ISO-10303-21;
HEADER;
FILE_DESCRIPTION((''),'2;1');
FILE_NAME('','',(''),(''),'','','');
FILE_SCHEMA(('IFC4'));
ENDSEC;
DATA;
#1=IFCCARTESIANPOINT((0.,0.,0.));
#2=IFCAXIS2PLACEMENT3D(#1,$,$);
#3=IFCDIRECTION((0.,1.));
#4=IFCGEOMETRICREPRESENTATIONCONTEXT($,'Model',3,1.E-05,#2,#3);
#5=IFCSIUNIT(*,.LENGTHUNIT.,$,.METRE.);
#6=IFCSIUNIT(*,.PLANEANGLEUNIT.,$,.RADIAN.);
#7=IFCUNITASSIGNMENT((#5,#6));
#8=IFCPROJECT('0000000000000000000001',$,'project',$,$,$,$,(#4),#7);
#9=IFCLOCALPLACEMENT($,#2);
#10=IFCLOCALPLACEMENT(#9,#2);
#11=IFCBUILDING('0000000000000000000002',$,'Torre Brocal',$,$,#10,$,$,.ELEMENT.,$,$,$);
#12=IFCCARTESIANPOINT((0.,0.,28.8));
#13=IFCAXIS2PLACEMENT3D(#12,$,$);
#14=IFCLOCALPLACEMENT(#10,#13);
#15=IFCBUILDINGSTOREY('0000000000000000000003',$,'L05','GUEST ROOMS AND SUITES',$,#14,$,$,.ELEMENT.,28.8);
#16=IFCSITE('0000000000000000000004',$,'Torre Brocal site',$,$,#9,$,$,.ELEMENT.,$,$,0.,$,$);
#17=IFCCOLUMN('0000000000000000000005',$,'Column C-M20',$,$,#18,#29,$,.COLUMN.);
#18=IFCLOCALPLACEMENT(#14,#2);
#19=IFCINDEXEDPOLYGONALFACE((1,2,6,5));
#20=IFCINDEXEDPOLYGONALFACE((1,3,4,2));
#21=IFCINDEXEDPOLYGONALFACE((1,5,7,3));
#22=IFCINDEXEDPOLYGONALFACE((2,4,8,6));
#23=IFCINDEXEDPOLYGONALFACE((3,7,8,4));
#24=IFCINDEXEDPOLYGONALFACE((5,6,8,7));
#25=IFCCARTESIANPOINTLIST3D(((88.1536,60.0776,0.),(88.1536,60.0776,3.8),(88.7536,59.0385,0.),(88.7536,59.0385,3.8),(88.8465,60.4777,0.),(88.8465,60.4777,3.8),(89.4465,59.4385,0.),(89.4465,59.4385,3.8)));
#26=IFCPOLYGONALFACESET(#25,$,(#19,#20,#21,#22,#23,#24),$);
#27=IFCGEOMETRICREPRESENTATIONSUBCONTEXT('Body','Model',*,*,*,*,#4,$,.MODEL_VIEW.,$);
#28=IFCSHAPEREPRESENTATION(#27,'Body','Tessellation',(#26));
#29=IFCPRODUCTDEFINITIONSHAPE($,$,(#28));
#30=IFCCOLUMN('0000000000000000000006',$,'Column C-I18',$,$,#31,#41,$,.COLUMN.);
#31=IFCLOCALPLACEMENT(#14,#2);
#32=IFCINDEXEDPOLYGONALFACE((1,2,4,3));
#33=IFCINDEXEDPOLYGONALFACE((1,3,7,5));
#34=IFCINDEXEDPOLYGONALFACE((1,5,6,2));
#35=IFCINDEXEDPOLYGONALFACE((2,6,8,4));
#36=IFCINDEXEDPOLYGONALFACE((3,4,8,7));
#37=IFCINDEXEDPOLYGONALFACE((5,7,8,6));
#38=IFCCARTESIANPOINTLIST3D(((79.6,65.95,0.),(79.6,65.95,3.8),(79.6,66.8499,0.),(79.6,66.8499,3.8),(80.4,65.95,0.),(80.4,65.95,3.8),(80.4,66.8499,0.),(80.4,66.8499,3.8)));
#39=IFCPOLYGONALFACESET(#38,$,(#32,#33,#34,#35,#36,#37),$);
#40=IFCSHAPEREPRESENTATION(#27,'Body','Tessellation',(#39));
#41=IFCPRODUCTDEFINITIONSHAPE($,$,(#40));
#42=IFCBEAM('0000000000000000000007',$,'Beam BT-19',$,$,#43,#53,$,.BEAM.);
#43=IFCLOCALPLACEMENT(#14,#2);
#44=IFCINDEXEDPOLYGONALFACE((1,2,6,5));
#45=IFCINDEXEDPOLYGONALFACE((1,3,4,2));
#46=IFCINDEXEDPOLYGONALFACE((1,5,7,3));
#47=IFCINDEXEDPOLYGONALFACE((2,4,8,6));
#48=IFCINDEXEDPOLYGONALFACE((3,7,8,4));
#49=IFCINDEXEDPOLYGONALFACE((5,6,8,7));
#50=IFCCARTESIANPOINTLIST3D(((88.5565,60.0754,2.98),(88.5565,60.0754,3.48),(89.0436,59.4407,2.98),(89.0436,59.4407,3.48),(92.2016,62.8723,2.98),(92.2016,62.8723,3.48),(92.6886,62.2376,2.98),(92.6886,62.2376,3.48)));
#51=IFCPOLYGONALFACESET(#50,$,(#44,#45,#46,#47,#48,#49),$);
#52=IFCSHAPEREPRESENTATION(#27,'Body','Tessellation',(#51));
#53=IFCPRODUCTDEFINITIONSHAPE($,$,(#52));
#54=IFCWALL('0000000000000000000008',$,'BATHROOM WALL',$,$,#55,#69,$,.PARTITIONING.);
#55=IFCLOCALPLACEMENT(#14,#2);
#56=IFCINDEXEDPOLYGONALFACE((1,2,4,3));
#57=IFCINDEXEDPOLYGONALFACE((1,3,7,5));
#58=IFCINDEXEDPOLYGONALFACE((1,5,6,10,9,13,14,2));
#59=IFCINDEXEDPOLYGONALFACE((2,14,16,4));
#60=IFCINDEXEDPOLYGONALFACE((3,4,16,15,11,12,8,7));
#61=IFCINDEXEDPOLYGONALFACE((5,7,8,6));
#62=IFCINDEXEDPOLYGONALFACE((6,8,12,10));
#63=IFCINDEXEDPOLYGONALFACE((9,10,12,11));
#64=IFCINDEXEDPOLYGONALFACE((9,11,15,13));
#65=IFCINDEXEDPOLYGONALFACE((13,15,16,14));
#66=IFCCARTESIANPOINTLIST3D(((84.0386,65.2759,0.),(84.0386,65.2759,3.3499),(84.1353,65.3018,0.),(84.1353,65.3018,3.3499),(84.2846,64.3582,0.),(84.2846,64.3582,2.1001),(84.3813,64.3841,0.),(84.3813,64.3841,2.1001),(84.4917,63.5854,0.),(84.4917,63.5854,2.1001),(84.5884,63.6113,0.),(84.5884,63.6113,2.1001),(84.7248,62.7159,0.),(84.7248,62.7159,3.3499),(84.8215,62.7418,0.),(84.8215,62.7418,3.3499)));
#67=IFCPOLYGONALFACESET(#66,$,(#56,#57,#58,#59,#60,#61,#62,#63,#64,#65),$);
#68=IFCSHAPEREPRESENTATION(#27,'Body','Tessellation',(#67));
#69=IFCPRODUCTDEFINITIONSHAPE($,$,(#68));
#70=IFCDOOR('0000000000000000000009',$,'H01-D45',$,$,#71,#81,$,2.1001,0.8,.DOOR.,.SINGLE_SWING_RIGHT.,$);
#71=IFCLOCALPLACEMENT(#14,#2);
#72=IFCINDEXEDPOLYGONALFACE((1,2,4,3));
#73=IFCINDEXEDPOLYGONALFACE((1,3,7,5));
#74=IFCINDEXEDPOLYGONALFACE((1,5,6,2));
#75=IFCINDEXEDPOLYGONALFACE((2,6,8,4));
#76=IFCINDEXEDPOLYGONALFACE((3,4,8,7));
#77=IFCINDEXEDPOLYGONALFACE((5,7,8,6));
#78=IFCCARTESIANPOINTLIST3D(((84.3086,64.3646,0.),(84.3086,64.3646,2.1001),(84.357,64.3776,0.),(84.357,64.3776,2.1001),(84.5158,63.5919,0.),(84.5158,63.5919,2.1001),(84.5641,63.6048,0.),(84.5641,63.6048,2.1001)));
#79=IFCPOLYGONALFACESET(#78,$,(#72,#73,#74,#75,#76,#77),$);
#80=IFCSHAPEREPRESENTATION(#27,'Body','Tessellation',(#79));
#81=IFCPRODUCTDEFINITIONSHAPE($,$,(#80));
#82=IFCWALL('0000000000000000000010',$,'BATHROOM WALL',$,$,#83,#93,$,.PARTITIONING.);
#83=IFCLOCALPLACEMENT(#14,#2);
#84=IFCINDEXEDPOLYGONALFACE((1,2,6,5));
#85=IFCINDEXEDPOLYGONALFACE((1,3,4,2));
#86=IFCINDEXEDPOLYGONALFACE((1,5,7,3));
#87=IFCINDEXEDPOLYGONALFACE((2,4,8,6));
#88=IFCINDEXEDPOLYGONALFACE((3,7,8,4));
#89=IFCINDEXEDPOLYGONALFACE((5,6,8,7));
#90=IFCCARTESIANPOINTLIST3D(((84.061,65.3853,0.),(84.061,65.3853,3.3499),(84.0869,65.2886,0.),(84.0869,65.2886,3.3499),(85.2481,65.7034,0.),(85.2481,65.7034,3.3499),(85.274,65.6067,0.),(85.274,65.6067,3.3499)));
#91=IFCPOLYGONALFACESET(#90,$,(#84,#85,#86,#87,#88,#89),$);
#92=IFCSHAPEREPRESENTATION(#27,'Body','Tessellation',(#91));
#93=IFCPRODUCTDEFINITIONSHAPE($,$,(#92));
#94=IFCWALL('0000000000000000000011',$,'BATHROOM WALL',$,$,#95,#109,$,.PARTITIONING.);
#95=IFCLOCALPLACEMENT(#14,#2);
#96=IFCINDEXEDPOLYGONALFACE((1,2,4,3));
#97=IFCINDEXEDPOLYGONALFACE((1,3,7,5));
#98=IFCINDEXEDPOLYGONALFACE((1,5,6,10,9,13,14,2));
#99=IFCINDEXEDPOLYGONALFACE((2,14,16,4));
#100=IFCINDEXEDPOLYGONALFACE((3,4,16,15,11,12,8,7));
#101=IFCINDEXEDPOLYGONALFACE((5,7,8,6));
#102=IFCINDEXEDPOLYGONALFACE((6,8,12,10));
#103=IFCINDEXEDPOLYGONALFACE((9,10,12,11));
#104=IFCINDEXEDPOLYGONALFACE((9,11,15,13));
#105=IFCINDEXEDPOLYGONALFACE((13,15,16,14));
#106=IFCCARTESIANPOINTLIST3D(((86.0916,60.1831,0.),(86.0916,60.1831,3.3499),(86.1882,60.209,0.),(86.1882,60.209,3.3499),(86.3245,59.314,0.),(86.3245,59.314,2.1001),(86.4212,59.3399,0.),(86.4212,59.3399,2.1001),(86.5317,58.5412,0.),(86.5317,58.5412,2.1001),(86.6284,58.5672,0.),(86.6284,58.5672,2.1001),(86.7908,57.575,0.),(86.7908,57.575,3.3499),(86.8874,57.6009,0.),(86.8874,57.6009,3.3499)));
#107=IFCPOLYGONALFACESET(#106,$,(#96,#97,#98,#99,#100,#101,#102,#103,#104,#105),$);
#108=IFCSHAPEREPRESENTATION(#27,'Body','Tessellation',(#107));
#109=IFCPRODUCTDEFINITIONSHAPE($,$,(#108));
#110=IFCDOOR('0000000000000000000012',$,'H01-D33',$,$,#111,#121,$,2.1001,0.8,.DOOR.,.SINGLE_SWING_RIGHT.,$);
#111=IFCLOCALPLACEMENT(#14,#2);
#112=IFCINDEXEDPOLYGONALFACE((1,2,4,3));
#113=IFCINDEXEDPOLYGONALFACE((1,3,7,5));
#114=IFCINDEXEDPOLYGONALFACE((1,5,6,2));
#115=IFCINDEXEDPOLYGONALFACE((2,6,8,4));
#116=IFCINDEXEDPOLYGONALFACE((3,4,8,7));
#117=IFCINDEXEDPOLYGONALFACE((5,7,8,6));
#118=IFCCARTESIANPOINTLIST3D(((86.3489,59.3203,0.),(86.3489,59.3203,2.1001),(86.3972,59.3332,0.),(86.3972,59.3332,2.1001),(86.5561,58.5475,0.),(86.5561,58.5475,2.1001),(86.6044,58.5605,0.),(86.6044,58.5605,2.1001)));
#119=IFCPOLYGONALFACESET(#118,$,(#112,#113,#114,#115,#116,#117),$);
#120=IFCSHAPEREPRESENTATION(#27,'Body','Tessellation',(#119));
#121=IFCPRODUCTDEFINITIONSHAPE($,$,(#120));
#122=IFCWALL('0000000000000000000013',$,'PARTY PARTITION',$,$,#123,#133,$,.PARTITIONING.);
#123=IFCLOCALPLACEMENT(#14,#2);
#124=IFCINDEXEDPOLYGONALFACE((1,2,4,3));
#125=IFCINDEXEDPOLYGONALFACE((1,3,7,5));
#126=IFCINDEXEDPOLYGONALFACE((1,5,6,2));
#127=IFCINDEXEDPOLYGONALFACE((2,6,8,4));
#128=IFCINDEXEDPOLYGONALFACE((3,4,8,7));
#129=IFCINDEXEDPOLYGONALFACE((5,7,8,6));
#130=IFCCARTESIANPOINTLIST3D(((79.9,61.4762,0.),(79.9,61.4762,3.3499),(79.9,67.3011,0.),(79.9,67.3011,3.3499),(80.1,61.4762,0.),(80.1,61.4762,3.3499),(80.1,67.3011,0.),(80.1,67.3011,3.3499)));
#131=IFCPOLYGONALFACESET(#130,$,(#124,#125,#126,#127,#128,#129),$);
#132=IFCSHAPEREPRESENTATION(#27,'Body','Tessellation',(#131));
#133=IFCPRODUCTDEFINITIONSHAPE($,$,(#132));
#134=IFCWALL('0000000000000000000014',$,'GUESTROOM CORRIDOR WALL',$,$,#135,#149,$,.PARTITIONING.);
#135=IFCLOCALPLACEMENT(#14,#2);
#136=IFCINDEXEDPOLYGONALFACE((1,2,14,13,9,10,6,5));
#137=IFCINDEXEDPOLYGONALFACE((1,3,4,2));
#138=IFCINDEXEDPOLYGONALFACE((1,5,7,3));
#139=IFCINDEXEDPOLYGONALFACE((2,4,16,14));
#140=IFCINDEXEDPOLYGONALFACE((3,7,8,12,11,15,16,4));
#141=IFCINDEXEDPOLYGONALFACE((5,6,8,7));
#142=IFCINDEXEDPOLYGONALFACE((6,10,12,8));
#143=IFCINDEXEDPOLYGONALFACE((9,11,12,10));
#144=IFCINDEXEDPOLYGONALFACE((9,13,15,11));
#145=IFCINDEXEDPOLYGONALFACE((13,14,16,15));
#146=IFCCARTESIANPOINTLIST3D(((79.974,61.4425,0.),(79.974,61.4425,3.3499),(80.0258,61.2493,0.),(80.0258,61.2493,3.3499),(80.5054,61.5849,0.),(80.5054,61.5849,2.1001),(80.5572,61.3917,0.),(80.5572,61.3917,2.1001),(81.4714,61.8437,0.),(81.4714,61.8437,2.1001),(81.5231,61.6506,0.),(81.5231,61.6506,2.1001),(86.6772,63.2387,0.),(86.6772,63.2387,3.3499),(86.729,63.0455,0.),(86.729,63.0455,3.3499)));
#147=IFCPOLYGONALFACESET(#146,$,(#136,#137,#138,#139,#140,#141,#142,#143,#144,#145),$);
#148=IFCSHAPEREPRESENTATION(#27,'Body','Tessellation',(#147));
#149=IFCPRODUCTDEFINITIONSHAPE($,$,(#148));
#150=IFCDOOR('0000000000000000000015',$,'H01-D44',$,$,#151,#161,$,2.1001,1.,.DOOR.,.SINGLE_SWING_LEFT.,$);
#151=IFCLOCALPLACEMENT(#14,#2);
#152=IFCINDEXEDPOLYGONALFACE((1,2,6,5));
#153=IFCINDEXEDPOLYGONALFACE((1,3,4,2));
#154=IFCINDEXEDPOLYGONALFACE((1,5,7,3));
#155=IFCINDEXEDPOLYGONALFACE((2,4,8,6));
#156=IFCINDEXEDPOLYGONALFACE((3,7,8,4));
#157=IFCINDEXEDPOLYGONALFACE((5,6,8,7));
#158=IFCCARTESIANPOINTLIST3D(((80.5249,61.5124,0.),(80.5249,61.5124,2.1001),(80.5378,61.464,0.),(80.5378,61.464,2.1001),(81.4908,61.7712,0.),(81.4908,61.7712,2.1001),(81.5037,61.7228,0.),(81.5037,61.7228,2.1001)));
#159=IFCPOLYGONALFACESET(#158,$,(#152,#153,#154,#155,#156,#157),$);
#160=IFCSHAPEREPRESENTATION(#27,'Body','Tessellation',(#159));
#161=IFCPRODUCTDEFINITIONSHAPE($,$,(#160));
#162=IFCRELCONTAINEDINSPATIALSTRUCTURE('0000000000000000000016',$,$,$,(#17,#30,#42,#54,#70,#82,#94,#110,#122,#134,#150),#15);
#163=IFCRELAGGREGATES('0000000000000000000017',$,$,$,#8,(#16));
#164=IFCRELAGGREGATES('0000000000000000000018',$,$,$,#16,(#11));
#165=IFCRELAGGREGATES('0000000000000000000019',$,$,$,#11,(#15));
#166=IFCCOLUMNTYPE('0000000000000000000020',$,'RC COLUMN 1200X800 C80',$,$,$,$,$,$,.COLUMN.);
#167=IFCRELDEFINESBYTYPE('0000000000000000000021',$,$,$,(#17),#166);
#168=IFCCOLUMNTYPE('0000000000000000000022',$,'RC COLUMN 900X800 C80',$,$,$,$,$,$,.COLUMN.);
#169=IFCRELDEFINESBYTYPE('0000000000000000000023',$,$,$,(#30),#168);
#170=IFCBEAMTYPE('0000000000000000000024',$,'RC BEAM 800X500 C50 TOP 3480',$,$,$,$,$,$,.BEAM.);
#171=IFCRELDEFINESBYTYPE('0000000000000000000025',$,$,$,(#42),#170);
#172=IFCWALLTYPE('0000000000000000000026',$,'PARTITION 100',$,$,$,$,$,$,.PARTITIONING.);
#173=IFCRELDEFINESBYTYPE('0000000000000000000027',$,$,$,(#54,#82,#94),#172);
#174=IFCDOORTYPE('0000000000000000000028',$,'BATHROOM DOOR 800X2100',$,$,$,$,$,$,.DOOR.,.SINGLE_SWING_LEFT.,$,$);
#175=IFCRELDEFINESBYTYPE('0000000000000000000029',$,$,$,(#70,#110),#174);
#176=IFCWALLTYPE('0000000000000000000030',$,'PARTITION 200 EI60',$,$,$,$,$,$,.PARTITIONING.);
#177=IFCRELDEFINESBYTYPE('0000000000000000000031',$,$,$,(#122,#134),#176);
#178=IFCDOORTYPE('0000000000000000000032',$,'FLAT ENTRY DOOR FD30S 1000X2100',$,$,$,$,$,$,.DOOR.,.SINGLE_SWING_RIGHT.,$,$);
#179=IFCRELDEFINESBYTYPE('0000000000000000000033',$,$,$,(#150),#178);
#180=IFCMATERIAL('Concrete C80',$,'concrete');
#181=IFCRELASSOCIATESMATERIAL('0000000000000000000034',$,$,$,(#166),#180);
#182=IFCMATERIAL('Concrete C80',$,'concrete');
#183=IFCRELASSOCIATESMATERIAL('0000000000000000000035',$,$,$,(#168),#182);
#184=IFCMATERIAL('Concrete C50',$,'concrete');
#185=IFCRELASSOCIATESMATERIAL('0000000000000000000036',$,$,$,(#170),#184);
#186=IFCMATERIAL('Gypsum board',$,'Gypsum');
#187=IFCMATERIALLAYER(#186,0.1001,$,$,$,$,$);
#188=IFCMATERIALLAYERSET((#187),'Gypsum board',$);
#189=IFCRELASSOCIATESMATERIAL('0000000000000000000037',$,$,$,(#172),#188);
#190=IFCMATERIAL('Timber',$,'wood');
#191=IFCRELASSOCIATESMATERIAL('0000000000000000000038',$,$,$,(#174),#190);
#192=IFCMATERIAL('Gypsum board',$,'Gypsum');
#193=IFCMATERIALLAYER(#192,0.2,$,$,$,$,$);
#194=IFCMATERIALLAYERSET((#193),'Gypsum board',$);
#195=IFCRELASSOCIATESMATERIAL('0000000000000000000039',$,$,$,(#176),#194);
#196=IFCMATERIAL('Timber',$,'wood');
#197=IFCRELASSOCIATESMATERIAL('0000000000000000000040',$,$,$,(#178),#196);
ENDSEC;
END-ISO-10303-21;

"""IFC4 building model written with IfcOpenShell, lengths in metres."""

from ifc_helpers import new_model, si_unit, direction, frame, frame_2d, origin, origin_2d, place, context, subcontext, project, spatial, rectangle, extrude, material, layer, layer_set, material_profile, profile_set, type_object, element, fill, save


model = new_model("IFC4")

# Units and contexts
model_context = context("Model", 3, precision=1e-05, world=origin(), true_north=direction((0.0, 1.0)))
body_context = subcontext(model_context, "Body", "Model", "MODEL_VIEW")
ifc_project = project(units=[si_unit("LENGTHUNIT", "METRE"), si_unit("PLANEANGLEUNIT", "RADIAN")], contexts=[model_context])

# Site, building, storey
site_placement = place(None, origin())
site = spatial("IfcSite", under=ifc_project, at=site_placement, Name="Torre Brocal site", CompositionType="ELEMENT", RefElevation=0.0)
building_placement = place(site_placement, origin())
building = spatial("IfcBuilding", under=site, at=building_placement, Name="Torre Brocal", CompositionType="ELEMENT")
storey_placement = place(building_placement, frame((0.0, 0.0, 28.8)))
storey = spatial("IfcBuildingStorey", under=building, at=storey_placement, Name="L05", Description="GUEST ROOMS AND SUITES", CompositionType="ELEMENT", Elevation=28.8)

# Columns
ifc_material_1 = material(Name="Concrete C80", Category="concrete")
ifc_material_profile_1 = material_profile(ifc_material_1, rectangle(XDim=1.2, YDim=0.8, at=origin_2d()), Name="RC 1200X800")
ifc_profile_set_1 = profile_set([ifc_material_profile_1], Name="Concrete C80")
column_type_1 = type_object("IfcColumnType", Name="RC COLUMN 1200X800 C80", PredefinedType="COLUMN", material=ifc_profile_set_1)
column_1_placement = place(storey_placement, frame((88.8, 59.7581, 0.0), z_axis=(0.0, 0.0, 1.0), x_axis=(0.5, -0.866025, 0.0)))
element("IfcColumn", 1, at=column_1_placement, inside=storey, type_object=column_type_1, Name="Column C-M20", PredefinedType="COLUMN", context=body_context, shape_type="SweptSolid", body=[
    extrude(rectangle(XDim=1.2, YDim=0.8, at=origin_2d()), origin(), (0.0, 0.0, 1.0), 3.8),
])
ifc_material_2 = material(Name="Concrete C80", Category="concrete")
ifc_material_profile_2 = material_profile(ifc_material_2, rectangle(XDim=0.8999, YDim=0.8, at=origin_2d()), Name="RC 900X800")
ifc_profile_set_2 = profile_set([ifc_material_profile_2], Name="Concrete C80")
column_type_2 = type_object("IfcColumnType", Name="RC COLUMN 900X800 C80", PredefinedType="COLUMN", material=ifc_profile_set_2)
column_2_placement = place(storey_placement, frame((80.0, 66.3999, 0.0), z_axis=(0.0, 0.0, 1.0), x_axis=(0.0, -1.0, 0.0)))
element("IfcColumn", 2, at=column_2_placement, inside=storey, type_object=column_type_2, Name="Column C-I18", PredefinedType="COLUMN", context=body_context, shape_type="SweptSolid", body=[
    extrude(rectangle(XDim=0.8999, YDim=0.8, at=origin_2d()), origin(), (0.0, 0.0, 1.0), 3.8),
])

# Beam
ifc_material_3 = material(Name="Concrete C50", Category="concrete")
ifc_material_profile_3 = material_profile(ifc_material_3, rectangle(XDim=0.8, YDim=0.5, at=origin_2d()), Name="RC 800X500")
ifc_profile_set_3 = profile_set([ifc_material_profile_3], Name="Concrete C50")
beam_type = type_object("IfcBeamType", Name="RC BEAM 800X500 C50 TOP 3480", PredefinedType="BEAM", material=ifc_profile_set_3)
beam_placement = place(storey_placement, frame((88.8, 59.7581, 3.23), z_axis=(0.793358, 0.608755, 0.0), x_axis=(-0.608755, 0.793358, 0.0)))
element("IfcBeam", 3, at=beam_placement, inside=storey, type_object=beam_type, Name="Beam BT-19", PredefinedType="BEAM", context=body_context, shape_type="SweptSolid", body=[
    extrude(rectangle(XDim=0.8, YDim=0.5, at=origin_2d()), origin(), (0.0, 0.0, 1.0), 4.5945),
])

# Wall, opening, door
ifc_material_4 = material(Name="Gypsum board", Category="Gypsum")
ifc_layer_1 = layer(ifc_material_4, 0.1001)
ifc_layer_set_1 = layer_set([ifc_layer_1], Name="Gypsum board")
wall_type_1 = type_object("IfcWallType", Name="PARTITION 100", PredefinedType="PARTITIONING", material=ifc_layer_set_1)
wall_1_placement = place(storey_placement, frame((84.0869, 65.2888, 0.0), z_axis=(0.0, 0.0, 1.0), x_axis=(0.258929, -0.965896, 0.0)))
wall_1 = element("IfcWall", 4, at=wall_1_placement, inside=storey, type_object=wall_type_1, Name="BATHROOM WALL", PredefinedType="PARTITIONING", context=body_context, shape_type="SweptSolid", body=[
    extrude(rectangle(XDim=2.6504, YDim=0.1001, at=frame_2d((1.3252, 0.0))), origin(), (0.0, 0.0, 1.0), 3.3499),
])
opening_1_placement = place(wall_1_placement, frame((0.9502, 0.0, 0.0)))
opening_1 = element("IfcOpeningElement", 5, at=opening_1_placement, cuts=wall_1, PredefinedType="OPENING", context=body_context, shape_type="SweptSolid", body=[
    extrude(rectangle(XDim=0.8, YDim=2.1001, at=frame_2d((0.3999, 1.05))), frame((0.0, 0.0601, 0.0), z_axis=(0.0, -1.0, 0.0), x_axis=(1.0, 0.0, 0.0)), (0.0, 0.0, 1.0), 0.1201),
])
ifc_material_5 = material(Name="Timber", Category="wood")
door_type_1 = type_object("IfcDoorType", Name="BATHROOM DOOR 800X2100", OperationType="SINGLE_SWING_LEFT", PredefinedType="DOOR", material=ifc_material_5)
door_1_placement = place(opening_1_placement, origin())
door_1 = element("IfcDoor", 6, at=door_1_placement, inside=storey, type_object=door_type_1, Name="H01-D45", OperationType="SINGLE_SWING_RIGHT", OverallHeight=2.1001, OverallWidth=0.8, PredefinedType="DOOR", context=body_context, shape_type="SweptSolid", body=[
    extrude(rectangle(XDim=0.8, YDim=2.1001, at=frame_2d((0.3999, 1.05))), frame((0.0, 0.0249, 0.0), z_axis=(0.0, -1.0, 0.0), x_axis=(1.0, 0.0, 0.0)), (0.0, 0.0, 1.0), 0.05),
])
fill(opening_1, door_1)

# Wall
wall_2_placement = place(storey_placement, frame((84.074, 65.3369, 0.0), z_axis=(0.0, 0.0, 1.0), x_axis=(0.965914, 0.258862, 0.0)))
element("IfcWall", 7, at=wall_2_placement, inside=storey, type_object=wall_type_1, Name="BATHROOM WALL", PredefinedType="PARTITIONING", context=body_context, shape_type="SweptSolid", body=[
    extrude(rectangle(XDim=1.229, YDim=0.1001, at=frame_2d((0.6145, 0.0))), origin(), (0.0, 0.0, 1.0), 3.3499),
])

# Wall, opening, door
wall_3_placement = place(storey_placement, frame((86.1399, 60.196, 0.0), z_axis=(0.0, 0.0, 1.0), x_axis=(0.258945, -0.965892, 0.0)))
wall_3 = element("IfcWall", 8, at=wall_3_placement, inside=storey, type_object=wall_type_1, Name="BATHROOM WALL", PredefinedType="PARTITIONING", context=body_context, shape_type="SweptSolid", body=[
    extrude(rectangle(XDim=2.7002, YDim=0.1001, at=frame_2d((1.3501, 0.0))), origin(), (0.0, 0.0, 1.0), 3.3499),
])
opening_2_placement = place(wall_3_placement, frame((0.8999, 0.0, 0.0)))
opening_2 = element("IfcOpeningElement", 9, at=opening_2_placement, cuts=wall_3, PredefinedType="OPENING", context=body_context, shape_type="SweptSolid", body=[
    extrude(rectangle(XDim=0.8, YDim=2.1001, at=frame_2d((0.3999, 1.05))), frame((0.0, 0.0601, 0.0), z_axis=(0.0, -1.0, 0.0), x_axis=(1.0, 0.0, 0.0)), (0.0, 0.0, 1.0), 0.1201),
])
door_2_placement = place(opening_2_placement, frame((0.8, 0.0, 0.0), z_axis=(0.0, 0.0, 1.0), x_axis=(-1.0, 0.0, 0.0)))
door_2 = element("IfcDoor", 10, at=door_2_placement, inside=storey, type_object=door_type_1, Name="H01-D33", OperationType="SINGLE_SWING_RIGHT", OverallHeight=2.1001, OverallWidth=0.8, PredefinedType="DOOR", context=body_context, shape_type="SweptSolid", body=[
    extrude(rectangle(XDim=0.8, YDim=2.1001, at=frame_2d((0.3999, 1.05))), frame((0.0, 0.0249, 0.0), z_axis=(0.0, -1.0, 0.0), x_axis=(1.0, 0.0, 0.0)), (0.0, 0.0, 1.0), 0.05),
])
fill(opening_2, door_2)

# Wall
ifc_material_6 = material(Name="Gypsum board", Category="Gypsum")
ifc_layer_2 = layer(ifc_material_6, 0.2)
ifc_layer_set_2 = layer_set([ifc_layer_2], Name="Gypsum board")
wall_type_2 = type_object("IfcWallType", Name="PARTITION 200 EI60", PredefinedType="PARTITIONING", material=ifc_layer_set_2)
wall_4_placement = place(storey_placement, frame((80.0, 61.4761, 0.0), z_axis=(0.0, 0.0, 1.0), x_axis=(0.0, 1.0, 0.0)))
element("IfcWall", 11, at=wall_4_placement, inside=storey, type_object=wall_type_2, Name="PARTY PARTITION", PredefinedType="PARTITIONING", context=body_context, shape_type="SweptSolid", body=[
    extrude(rectangle(XDim=5.825, YDim=0.2, at=frame_2d((2.9126, 0.0))), origin(), (0.0, 0.0, 1.0), 3.3499),
])

# Wall, opening, door
wall_5_placement = place(storey_placement, frame((80.0, 61.3459, 0.0), z_axis=(0.0, 0.0, 1.0), x_axis=(0.965924, 0.258825, 0.0)))
wall_5 = element("IfcWall", 12, at=wall_5_placement, inside=storey, type_object=wall_type_2, Name="GUESTROOM CORRIDOR WALL", PredefinedType="PARTITIONING", context=body_context, shape_type="SweptSolid", body=[
    extrude(rectangle(XDim=6.9397, YDim=0.2, at=frame_2d((3.4697, 0.0))), origin(), (0.0, 0.0, 1.0), 3.3499),
])
opening_3_placement = place(wall_5_placement, frame((0.55, 0.0, 0.0)))
opening_3 = element("IfcOpeningElement", 13, at=opening_3_placement, cuts=wall_5, PredefinedType="OPENING", context=body_context, shape_type="SweptSolid", body=[
    extrude(rectangle(XDim=1.0, YDim=2.1001, at=frame_2d((0.5, 1.05))), frame((0.0, 0.1099, 0.0), z_axis=(0.0, -1.0, 0.0), x_axis=(1.0, 0.0, 0.0)), (0.0, 0.0, 1.0), 0.22),
])
ifc_material_7 = material(Name="Timber", Category="wood")
door_type_2 = type_object("IfcDoorType", Name="FLAT ENTRY DOOR FD30S 1000X2100", OperationType="SINGLE_SWING_RIGHT", PredefinedType="DOOR", material=ifc_material_7)
door_3_placement = place(opening_3_placement, origin())
door_3 = element("IfcDoor", 14, at=door_3_placement, inside=storey, type_object=door_type_2, Name="H01-D44", OperationType="SINGLE_SWING_LEFT", OverallHeight=2.1001, OverallWidth=1.0, PredefinedType="DOOR", context=body_context, shape_type="SweptSolid", body=[
    extrude(rectangle(XDim=1.0, YDim=2.1001, at=frame_2d((0.5, 1.05))), frame((0.0, 0.0249, 0.0), z_axis=(0.0, -1.0, 0.0), x_axis=(1.0, 0.0, 0.0)), (0.0, 0.0, 1.0), 0.05),
])
fill(opening_3, door_3)

save(model, "model.ifc")
